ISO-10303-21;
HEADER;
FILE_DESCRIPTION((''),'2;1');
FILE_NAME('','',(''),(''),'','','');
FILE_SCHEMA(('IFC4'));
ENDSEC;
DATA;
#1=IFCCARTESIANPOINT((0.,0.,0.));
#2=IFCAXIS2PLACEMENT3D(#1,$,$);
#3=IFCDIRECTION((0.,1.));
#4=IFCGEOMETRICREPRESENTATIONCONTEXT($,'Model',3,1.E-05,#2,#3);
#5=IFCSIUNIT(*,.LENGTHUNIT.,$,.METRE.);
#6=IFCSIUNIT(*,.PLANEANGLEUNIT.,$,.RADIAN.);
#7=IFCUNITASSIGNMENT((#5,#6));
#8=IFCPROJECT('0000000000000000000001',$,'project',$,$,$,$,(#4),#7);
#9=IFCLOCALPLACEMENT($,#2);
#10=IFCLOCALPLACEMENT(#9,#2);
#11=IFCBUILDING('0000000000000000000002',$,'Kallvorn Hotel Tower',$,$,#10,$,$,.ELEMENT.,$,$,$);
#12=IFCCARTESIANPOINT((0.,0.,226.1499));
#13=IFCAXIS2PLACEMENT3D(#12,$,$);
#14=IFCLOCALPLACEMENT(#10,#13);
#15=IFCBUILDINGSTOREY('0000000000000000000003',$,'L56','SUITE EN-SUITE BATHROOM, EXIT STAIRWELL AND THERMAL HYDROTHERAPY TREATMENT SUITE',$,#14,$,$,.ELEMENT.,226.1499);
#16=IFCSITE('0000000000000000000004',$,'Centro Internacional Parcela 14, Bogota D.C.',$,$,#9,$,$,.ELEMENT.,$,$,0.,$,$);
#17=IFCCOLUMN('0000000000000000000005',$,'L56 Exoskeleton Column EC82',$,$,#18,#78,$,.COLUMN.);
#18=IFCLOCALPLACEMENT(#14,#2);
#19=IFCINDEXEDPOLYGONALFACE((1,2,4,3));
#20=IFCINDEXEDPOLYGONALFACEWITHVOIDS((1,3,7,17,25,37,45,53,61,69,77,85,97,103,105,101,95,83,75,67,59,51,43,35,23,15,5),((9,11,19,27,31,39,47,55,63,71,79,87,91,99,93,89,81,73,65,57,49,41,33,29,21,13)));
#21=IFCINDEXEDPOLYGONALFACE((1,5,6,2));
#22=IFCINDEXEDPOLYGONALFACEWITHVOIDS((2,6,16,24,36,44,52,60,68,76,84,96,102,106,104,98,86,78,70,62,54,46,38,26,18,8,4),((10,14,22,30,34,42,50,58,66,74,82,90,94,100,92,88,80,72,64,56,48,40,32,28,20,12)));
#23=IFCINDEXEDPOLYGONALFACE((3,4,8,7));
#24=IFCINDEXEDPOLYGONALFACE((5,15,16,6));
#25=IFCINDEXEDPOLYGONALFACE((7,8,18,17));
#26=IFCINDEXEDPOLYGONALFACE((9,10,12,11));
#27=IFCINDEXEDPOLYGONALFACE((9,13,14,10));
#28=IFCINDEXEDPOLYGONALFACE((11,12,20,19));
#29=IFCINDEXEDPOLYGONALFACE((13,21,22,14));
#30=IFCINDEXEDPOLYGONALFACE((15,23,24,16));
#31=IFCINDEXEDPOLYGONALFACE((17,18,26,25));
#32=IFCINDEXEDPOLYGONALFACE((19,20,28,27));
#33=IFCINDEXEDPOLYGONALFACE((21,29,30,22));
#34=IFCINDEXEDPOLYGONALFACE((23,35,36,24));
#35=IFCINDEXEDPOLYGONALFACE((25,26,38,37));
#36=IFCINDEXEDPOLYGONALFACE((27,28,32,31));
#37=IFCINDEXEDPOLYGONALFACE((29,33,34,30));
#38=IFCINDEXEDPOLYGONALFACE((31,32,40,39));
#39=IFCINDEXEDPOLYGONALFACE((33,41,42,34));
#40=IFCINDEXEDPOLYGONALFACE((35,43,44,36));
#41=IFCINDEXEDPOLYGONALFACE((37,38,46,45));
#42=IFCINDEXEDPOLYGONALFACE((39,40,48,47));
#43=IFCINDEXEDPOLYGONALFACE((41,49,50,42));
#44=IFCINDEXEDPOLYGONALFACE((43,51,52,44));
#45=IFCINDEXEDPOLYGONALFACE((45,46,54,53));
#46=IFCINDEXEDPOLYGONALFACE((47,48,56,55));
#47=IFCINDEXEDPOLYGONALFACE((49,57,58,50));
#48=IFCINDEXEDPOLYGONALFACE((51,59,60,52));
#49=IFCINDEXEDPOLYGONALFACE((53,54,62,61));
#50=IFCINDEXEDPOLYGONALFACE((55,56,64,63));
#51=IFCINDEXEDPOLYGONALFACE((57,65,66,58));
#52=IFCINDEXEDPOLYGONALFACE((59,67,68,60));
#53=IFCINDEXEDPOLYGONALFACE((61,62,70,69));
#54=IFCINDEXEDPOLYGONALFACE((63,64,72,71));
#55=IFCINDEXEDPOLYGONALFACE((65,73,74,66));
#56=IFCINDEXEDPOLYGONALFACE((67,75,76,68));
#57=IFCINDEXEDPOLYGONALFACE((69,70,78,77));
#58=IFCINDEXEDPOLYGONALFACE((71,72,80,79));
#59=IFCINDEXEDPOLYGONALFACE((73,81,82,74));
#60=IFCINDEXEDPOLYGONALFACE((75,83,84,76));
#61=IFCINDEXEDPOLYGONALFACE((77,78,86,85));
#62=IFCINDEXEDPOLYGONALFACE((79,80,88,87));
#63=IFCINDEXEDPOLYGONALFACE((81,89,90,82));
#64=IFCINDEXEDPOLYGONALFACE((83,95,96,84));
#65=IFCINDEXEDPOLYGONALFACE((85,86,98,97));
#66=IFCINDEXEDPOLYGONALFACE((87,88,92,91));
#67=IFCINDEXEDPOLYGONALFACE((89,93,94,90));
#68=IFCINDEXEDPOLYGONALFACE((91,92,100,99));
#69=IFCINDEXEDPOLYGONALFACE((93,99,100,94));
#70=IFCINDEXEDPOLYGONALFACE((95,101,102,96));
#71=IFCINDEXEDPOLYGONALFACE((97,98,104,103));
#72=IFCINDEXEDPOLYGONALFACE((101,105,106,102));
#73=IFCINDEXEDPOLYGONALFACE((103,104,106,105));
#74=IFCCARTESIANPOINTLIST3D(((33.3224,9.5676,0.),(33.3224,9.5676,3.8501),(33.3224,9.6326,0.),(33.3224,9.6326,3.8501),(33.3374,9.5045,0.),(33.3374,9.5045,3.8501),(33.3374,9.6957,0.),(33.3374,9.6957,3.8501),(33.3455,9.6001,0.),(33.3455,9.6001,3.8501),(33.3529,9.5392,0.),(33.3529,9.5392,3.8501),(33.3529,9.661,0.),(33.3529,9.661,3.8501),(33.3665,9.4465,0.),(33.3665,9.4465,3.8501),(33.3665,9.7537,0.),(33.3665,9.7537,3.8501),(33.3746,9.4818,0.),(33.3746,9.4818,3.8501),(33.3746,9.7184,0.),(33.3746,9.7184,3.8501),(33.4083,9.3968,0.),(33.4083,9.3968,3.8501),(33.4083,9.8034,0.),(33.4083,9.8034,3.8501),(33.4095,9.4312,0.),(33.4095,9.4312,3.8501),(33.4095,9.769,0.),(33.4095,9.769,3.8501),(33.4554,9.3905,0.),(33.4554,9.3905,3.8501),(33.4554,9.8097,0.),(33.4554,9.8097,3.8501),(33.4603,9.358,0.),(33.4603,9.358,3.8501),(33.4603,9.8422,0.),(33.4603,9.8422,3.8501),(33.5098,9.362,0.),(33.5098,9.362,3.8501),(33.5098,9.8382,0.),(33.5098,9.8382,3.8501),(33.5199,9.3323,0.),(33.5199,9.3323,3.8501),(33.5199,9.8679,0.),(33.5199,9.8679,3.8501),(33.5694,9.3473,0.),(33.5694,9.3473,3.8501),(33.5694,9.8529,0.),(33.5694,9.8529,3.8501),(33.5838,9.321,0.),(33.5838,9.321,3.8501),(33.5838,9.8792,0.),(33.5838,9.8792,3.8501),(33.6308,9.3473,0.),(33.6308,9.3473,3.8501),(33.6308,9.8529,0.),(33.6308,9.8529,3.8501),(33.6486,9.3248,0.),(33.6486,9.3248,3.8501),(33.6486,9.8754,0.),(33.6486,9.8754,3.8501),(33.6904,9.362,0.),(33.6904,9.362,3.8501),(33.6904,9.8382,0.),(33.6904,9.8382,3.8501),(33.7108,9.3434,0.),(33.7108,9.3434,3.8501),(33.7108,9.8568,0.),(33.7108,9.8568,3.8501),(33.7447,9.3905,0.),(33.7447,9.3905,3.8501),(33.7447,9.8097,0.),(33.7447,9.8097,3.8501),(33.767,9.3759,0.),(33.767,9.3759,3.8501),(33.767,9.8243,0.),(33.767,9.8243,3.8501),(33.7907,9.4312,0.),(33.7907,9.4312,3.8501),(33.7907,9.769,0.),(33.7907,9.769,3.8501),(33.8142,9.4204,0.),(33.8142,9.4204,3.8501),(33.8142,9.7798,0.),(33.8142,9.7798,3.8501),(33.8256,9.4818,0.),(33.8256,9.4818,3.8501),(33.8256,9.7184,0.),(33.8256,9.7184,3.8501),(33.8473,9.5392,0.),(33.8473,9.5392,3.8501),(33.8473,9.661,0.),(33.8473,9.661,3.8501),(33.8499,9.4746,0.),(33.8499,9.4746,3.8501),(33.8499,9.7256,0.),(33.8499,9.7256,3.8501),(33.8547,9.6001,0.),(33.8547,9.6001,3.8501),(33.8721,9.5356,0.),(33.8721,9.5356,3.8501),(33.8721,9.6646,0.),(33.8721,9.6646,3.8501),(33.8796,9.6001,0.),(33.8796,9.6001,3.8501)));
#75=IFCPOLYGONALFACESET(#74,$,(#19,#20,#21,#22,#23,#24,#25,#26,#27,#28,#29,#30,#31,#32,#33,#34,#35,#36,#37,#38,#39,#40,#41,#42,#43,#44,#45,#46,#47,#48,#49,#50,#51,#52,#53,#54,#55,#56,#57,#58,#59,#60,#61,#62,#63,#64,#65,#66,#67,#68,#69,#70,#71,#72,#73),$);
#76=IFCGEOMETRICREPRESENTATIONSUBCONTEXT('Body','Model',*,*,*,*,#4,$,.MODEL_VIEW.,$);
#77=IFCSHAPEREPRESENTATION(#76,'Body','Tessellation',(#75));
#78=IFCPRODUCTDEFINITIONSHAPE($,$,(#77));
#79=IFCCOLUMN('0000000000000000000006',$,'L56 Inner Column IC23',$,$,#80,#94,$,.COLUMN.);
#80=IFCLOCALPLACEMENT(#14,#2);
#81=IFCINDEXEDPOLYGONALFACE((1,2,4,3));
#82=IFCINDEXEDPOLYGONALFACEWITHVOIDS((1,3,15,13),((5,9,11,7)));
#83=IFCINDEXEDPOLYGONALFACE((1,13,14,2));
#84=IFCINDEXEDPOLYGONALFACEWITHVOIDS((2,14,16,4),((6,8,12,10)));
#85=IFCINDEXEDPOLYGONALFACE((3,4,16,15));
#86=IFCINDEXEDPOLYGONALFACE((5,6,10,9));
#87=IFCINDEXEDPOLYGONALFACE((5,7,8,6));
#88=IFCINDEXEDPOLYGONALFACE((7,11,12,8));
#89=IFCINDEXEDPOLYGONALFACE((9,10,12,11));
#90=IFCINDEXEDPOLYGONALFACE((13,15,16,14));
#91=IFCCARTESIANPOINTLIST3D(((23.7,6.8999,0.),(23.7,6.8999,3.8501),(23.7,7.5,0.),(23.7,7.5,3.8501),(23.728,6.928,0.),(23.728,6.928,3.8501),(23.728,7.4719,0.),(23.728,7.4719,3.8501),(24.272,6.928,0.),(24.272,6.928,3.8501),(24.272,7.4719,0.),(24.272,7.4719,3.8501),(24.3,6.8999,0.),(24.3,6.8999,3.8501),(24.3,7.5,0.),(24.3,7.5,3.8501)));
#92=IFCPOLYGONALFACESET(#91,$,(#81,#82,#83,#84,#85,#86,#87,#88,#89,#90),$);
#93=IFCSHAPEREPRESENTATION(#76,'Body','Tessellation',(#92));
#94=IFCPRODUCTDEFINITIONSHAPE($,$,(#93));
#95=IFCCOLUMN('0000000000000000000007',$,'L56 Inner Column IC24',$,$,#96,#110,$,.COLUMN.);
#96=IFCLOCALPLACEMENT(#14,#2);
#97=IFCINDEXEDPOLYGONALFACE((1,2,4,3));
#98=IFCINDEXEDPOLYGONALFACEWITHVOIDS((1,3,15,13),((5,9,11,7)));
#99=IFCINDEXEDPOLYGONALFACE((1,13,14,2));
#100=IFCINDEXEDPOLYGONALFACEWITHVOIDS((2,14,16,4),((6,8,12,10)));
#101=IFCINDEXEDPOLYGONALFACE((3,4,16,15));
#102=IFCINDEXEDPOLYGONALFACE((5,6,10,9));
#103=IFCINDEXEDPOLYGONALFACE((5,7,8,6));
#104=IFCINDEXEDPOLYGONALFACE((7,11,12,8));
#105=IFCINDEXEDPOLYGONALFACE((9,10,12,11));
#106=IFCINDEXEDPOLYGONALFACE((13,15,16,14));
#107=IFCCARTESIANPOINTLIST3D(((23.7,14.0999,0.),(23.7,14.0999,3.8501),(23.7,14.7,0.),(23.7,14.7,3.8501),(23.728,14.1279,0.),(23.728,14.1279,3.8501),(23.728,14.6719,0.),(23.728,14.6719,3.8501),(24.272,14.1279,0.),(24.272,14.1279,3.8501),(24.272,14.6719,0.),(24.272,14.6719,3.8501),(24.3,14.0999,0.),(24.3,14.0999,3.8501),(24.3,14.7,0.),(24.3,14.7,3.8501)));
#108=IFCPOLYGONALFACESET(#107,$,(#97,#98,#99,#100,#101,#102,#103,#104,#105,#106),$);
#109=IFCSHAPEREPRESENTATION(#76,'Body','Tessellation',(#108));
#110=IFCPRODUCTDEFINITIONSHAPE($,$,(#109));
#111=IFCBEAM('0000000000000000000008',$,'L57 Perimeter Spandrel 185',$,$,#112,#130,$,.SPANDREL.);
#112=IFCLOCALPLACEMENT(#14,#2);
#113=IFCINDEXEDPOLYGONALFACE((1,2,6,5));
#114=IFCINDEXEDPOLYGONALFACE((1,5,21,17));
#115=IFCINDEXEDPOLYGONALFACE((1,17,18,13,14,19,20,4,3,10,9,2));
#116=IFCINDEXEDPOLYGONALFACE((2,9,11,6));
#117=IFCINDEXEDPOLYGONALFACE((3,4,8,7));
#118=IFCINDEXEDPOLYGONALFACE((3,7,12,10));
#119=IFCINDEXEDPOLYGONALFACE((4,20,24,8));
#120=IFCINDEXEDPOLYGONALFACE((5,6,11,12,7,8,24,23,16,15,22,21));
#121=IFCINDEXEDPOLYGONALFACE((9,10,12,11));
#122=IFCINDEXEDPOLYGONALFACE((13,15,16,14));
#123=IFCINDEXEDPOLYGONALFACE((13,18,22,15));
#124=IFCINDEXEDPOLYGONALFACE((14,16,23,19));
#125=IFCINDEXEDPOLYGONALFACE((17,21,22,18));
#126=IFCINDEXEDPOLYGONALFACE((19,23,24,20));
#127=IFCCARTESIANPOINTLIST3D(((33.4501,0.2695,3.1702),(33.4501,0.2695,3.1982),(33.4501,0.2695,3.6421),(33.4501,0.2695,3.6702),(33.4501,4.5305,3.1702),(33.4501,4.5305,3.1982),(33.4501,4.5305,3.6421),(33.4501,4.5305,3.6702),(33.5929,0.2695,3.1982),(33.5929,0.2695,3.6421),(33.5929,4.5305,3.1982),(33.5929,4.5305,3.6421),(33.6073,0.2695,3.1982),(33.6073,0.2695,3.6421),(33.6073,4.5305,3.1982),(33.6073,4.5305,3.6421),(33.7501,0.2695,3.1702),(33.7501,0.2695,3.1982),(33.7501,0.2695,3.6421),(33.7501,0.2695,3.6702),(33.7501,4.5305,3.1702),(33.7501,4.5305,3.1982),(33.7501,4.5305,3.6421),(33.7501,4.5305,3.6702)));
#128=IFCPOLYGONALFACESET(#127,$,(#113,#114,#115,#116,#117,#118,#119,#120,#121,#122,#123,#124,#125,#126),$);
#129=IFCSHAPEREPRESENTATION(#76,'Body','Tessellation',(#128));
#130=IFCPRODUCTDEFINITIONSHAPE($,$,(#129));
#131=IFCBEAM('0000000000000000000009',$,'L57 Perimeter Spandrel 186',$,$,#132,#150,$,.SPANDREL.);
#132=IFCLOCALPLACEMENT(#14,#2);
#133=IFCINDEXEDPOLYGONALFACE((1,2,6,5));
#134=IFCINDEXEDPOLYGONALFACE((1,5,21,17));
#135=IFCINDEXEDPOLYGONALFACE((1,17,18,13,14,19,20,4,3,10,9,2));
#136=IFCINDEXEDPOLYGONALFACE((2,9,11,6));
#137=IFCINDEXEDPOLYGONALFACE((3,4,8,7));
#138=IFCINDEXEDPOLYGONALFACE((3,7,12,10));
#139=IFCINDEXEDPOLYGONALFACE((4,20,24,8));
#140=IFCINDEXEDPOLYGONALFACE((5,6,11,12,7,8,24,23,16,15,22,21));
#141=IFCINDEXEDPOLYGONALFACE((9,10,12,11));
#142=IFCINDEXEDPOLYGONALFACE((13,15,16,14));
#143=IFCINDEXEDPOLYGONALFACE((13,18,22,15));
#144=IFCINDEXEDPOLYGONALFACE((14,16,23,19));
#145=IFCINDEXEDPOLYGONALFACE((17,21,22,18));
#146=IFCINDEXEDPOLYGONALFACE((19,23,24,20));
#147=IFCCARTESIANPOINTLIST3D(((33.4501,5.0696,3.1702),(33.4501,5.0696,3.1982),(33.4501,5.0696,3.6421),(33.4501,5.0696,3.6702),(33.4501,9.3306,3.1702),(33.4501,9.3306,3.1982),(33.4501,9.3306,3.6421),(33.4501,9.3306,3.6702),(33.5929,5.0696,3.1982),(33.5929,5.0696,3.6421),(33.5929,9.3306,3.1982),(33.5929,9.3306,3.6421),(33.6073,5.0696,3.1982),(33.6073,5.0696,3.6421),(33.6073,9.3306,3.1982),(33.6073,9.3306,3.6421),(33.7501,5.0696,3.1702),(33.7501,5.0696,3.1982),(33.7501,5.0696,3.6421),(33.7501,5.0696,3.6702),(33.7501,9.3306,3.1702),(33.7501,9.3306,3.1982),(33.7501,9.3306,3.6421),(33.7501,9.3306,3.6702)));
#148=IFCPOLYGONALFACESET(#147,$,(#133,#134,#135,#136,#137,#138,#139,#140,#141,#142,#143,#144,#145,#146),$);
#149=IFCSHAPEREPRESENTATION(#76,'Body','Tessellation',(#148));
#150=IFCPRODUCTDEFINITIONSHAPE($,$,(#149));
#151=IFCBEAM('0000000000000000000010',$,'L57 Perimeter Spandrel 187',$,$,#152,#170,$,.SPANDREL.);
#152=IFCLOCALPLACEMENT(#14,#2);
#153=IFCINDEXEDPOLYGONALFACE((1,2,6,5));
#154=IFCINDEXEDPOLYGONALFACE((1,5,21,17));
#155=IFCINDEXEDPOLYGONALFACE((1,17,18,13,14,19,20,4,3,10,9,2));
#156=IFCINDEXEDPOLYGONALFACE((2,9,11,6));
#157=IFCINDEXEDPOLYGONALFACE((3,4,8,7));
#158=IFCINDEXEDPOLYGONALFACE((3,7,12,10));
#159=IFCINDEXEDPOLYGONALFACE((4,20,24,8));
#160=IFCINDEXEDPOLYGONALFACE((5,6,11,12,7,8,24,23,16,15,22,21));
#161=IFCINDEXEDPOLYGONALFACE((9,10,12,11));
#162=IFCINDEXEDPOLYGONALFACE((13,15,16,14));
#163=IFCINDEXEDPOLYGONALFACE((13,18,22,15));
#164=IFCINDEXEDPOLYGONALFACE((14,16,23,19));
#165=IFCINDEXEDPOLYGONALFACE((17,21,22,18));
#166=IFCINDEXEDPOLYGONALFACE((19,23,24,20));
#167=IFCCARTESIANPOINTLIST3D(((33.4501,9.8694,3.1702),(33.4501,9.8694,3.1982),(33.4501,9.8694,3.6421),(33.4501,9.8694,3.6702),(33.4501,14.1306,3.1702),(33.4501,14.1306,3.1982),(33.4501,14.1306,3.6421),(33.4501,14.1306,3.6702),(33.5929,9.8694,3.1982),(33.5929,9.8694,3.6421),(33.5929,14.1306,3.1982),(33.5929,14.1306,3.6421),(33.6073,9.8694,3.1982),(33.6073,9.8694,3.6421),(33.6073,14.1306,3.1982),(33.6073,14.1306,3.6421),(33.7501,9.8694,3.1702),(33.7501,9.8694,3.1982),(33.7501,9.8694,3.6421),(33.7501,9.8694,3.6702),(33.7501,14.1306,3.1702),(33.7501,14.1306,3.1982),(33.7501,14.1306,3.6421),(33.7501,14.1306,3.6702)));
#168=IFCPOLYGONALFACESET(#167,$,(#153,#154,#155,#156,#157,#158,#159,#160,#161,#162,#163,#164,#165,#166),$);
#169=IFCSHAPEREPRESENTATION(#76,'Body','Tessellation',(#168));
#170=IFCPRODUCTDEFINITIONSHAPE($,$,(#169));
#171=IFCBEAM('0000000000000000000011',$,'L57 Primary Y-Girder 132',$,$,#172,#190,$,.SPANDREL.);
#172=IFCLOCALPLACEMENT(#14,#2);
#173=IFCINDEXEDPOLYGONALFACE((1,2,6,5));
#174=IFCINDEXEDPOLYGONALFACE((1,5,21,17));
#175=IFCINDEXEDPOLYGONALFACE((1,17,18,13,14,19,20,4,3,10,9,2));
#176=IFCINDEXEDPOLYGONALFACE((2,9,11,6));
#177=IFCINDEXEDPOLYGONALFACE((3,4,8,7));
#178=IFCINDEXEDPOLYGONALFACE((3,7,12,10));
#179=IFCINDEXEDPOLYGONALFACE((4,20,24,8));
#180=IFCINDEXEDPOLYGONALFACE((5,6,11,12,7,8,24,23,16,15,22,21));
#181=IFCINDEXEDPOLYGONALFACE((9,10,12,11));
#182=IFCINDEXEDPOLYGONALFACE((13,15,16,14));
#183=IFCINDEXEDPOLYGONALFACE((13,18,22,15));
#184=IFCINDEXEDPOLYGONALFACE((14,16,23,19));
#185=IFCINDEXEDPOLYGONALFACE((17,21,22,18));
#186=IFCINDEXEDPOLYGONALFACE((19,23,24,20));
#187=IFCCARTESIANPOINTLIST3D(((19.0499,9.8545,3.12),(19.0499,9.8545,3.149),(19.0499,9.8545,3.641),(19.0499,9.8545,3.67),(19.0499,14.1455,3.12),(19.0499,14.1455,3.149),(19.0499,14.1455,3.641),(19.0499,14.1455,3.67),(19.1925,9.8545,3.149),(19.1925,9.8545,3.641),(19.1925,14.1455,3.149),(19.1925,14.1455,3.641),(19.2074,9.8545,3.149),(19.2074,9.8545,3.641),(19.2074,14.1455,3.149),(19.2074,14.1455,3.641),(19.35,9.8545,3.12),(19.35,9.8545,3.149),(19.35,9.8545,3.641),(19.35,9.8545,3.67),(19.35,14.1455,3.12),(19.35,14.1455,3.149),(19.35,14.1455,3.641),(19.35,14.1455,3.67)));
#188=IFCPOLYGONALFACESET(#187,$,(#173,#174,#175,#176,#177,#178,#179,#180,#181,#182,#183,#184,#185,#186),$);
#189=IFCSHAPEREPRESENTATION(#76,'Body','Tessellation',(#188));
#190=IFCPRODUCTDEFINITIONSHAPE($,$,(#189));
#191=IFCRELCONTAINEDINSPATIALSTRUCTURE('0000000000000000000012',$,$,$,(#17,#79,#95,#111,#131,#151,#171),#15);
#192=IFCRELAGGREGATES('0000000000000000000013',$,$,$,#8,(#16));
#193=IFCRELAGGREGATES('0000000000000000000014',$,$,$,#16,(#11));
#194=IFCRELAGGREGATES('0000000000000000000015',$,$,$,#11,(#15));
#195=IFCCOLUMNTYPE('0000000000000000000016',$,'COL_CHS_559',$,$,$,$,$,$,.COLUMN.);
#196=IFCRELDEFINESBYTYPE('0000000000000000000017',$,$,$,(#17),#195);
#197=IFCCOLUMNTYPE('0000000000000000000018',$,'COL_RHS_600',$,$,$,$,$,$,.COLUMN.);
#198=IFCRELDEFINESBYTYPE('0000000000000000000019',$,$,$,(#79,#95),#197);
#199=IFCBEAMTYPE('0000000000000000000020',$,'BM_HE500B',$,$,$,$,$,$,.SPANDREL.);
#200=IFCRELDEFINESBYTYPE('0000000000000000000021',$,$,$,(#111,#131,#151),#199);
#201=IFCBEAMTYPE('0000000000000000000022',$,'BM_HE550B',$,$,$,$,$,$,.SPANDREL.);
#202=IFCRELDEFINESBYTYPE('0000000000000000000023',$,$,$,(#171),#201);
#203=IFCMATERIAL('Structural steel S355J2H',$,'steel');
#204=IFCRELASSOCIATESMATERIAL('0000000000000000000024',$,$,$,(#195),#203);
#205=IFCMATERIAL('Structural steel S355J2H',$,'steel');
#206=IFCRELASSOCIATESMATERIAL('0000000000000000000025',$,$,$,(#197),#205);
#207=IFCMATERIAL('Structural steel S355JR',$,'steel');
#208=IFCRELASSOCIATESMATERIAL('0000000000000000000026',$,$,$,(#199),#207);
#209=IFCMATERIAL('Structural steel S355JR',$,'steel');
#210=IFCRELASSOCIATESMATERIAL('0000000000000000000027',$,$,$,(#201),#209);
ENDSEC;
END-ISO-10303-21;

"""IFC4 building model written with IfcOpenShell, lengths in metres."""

from ifc_helpers import new_model, si_unit, direction, frame, origin, origin_2d, place, context, subcontext, project, spatial, hollow_rectangle, hollow_circle, i_section, extrude, material, material_profile, profile_set, type_object, element, save


model = new_model("IFC4")

# Units and contexts
model_context = context("Model", 3, precision=1e-05, world=origin(), true_north=direction((0.0, 1.0)))
body_context = subcontext(model_context, "Body", "Model", "MODEL_VIEW")
ifc_project = project(units=[si_unit("LENGTHUNIT", "METRE"), si_unit("PLANEANGLEUNIT", "RADIAN")], contexts=[model_context])

# Site, building, storey
site_placement = place(None, origin())
site = spatial("IfcSite", under=ifc_project, at=site_placement, Name="Centro Internacional Parcela 14, Bogota D.C.", CompositionType="ELEMENT", RefElevation=0.0)
building_placement = place(site_placement, origin())
building = spatial("IfcBuilding", under=site, at=building_placement, Name="Kallvorn Hotel Tower", CompositionType="ELEMENT")
storey_placement = place(building_placement, frame((0.0, 0.0, 226.1499)))
storey = spatial("IfcBuildingStorey", under=building, at=storey_placement, Name="L56", Description="SUITE EN-SUITE BATHROOM, EXIT STAIRWELL AND THERMAL HYDROTHERAPY TREATMENT SUITE", CompositionType="ELEMENT", Elevation=226.1499)

# Columns
ifc_material_1 = material(Name="Structural steel S355J2H", Category="steel")
ifc_material_profile_1 = material_profile(ifc_material_1, hollow_circle(Radius=0.2795, WallThickness=0.0249, at=origin_2d()), Name="CHS 559x25")
ifc_profile_set_1 = profile_set([ifc_material_profile_1], Name="Structural steel S355J2H")
column_type_1 = type_object("IfcColumnType", Name="COL_CHS_559", PredefinedType="COLUMN", material=ifc_profile_set_1)
for number, where, z_axis, x_axis, name in (
    (1, (33.6001, 9.6001, 0.0), (0.0, 0.0, 1.0), (1.0, 0.0, 0.0), "L56 Exoskeleton Column EC82"),
):
    element("IfcColumn", number, at=place(storey_placement, frame(where, z_axis=z_axis, x_axis=x_axis)), inside=storey, type_object=column_type_1, Name=name, PredefinedType="COLUMN", context=body_context, shape_type="SweptSolid", body=[
        extrude(hollow_circle(Radius=0.2795, WallThickness=0.0249, at=origin_2d()), origin(), (0.0, 0.0, 1.0), 3.8501),
    ])
ifc_material_2 = material(Name="Structural steel S355J2H", Category="steel")
ifc_material_profile_2 = material_profile(ifc_material_2, hollow_rectangle(XDim=0.6001, YDim=0.6001, WallThickness=0.0281, at=origin_2d()), Name="RHS 600x600x28")
ifc_profile_set_2 = profile_set([ifc_material_profile_2], Name="Structural steel S355J2H")
column_type_2 = type_object("IfcColumnType", Name="COL_RHS_600", PredefinedType="COLUMN", material=ifc_profile_set_2)
for number, where, z_axis, x_axis, name in (
    (2, (24.0, 7.2, 0.0), (0.0, 0.0, 1.0), (1.0, 0.0, 0.0), "L56 Inner Column IC23"),
    (3, (24.0, 14.3999, 0.0), (0.0, 0.0, 1.0), (1.0, 0.0, 0.0), "L56 Inner Column IC24"),
):
    element("IfcColumn", number, at=place(storey_placement, frame(where, z_axis=z_axis, x_axis=x_axis)), inside=storey, type_object=column_type_2, Name=name, PredefinedType="COLUMN", context=body_context, shape_type="SweptSolid", body=[
        extrude(hollow_rectangle(XDim=0.6001, YDim=0.6001, WallThickness=0.0281, at=origin_2d()), origin(), (0.0, 0.0, 1.0), 3.8501),
    ])

# Beams
ifc_material_3 = material(Name="Structural steel S355JR", Category="steel")
ifc_material_profile_3 = material_profile(ifc_material_3, i_section(OverallWidth=0.3, OverallDepth=0.5, WebThickness=0.0144, FlangeThickness=0.0281, at=origin_2d()), Name="HE 500 B")
ifc_profile_set_3 = profile_set([ifc_material_profile_3], Name="Structural steel S355JR")
beam_type_1 = type_object("IfcBeamType", Name="BM_HE500B", PredefinedType="SPANDREL", material=ifc_profile_set_3)
for number, where, z_axis, x_axis, name in (
    (4, (33.6001, 0.2695, 3.4202), (0.0, 1.0, 0.0), (-1.0, 0.0, 0.0), "L57 Perimeter Spandrel 185"),
    (5, (33.6001, 5.0696, 3.4202), (0.0, 1.0, 0.0), (-1.0, 0.0, 0.0), "L57 Perimeter Spandrel 186"),
):
    element("IfcBeam", number, at=place(storey_placement, frame(where, z_axis=z_axis, x_axis=x_axis)), inside=storey, type_object=beam_type_1, Name=name, PredefinedType="SPANDREL", context=body_context, shape_type="SweptSolid", body=[
        extrude(i_section(OverallWidth=0.3, OverallDepth=0.5, WebThickness=0.0144, FlangeThickness=0.0281, at=origin_2d()), origin(), (0.0, 0.0, 1.0), 4.261),
    ])
beam_1_placement = place(storey_placement, frame((33.6001, 9.8694, 3.4202), z_axis=(0.0, 1.0, 0.0), x_axis=(-1.0, 0.0, 0.0)))
element("IfcBeam", 6, at=beam_1_placement, inside=storey, type_object=beam_type_1, Name="L57 Perimeter Spandrel 187", PredefinedType="SPANDREL", context=body_context, shape_type="SweptSolid", body=[
    extrude(i_section(OverallWidth=0.3, OverallDepth=0.5, WebThickness=0.0144, FlangeThickness=0.0281, at=origin_2d()), origin(), (0.0, 0.0, 1.0), 4.2612),
])
ifc_material_4 = material(Name="Structural steel S355JR", Category="steel")
ifc_material_profile_4 = material_profile(ifc_material_4, i_section(OverallWidth=0.3, OverallDepth=0.55, WebThickness=0.0149, FlangeThickness=0.0291, at=origin_2d()), Name="HE 550 B")
ifc_profile_set_4 = profile_set([ifc_material_profile_4], Name="Structural steel S355JR")
beam_type_2 = type_object("IfcBeamType", Name="BM_HE550B", PredefinedType="SPANDREL", material=ifc_profile_set_4)
beam_2_placement = place(storey_placement, frame((19.2, 9.8545, 3.395), z_axis=(0.0, 1.0, 0.0), x_axis=(-1.0, 0.0, 0.0)))
element("IfcBeam", 7, at=beam_2_placement, inside=storey, type_object=beam_type_2, Name="L57 Primary Y-Girder 132", PredefinedType="SPANDREL", context=body_context, shape_type="SweptSolid", body=[
    extrude(i_section(OverallWidth=0.3, OverallDepth=0.55, WebThickness=0.0149, FlangeThickness=0.0291, at=origin_2d()), origin(), (0.0, 0.0, 1.0), 4.291),
])

save(model, "model.ifc")
